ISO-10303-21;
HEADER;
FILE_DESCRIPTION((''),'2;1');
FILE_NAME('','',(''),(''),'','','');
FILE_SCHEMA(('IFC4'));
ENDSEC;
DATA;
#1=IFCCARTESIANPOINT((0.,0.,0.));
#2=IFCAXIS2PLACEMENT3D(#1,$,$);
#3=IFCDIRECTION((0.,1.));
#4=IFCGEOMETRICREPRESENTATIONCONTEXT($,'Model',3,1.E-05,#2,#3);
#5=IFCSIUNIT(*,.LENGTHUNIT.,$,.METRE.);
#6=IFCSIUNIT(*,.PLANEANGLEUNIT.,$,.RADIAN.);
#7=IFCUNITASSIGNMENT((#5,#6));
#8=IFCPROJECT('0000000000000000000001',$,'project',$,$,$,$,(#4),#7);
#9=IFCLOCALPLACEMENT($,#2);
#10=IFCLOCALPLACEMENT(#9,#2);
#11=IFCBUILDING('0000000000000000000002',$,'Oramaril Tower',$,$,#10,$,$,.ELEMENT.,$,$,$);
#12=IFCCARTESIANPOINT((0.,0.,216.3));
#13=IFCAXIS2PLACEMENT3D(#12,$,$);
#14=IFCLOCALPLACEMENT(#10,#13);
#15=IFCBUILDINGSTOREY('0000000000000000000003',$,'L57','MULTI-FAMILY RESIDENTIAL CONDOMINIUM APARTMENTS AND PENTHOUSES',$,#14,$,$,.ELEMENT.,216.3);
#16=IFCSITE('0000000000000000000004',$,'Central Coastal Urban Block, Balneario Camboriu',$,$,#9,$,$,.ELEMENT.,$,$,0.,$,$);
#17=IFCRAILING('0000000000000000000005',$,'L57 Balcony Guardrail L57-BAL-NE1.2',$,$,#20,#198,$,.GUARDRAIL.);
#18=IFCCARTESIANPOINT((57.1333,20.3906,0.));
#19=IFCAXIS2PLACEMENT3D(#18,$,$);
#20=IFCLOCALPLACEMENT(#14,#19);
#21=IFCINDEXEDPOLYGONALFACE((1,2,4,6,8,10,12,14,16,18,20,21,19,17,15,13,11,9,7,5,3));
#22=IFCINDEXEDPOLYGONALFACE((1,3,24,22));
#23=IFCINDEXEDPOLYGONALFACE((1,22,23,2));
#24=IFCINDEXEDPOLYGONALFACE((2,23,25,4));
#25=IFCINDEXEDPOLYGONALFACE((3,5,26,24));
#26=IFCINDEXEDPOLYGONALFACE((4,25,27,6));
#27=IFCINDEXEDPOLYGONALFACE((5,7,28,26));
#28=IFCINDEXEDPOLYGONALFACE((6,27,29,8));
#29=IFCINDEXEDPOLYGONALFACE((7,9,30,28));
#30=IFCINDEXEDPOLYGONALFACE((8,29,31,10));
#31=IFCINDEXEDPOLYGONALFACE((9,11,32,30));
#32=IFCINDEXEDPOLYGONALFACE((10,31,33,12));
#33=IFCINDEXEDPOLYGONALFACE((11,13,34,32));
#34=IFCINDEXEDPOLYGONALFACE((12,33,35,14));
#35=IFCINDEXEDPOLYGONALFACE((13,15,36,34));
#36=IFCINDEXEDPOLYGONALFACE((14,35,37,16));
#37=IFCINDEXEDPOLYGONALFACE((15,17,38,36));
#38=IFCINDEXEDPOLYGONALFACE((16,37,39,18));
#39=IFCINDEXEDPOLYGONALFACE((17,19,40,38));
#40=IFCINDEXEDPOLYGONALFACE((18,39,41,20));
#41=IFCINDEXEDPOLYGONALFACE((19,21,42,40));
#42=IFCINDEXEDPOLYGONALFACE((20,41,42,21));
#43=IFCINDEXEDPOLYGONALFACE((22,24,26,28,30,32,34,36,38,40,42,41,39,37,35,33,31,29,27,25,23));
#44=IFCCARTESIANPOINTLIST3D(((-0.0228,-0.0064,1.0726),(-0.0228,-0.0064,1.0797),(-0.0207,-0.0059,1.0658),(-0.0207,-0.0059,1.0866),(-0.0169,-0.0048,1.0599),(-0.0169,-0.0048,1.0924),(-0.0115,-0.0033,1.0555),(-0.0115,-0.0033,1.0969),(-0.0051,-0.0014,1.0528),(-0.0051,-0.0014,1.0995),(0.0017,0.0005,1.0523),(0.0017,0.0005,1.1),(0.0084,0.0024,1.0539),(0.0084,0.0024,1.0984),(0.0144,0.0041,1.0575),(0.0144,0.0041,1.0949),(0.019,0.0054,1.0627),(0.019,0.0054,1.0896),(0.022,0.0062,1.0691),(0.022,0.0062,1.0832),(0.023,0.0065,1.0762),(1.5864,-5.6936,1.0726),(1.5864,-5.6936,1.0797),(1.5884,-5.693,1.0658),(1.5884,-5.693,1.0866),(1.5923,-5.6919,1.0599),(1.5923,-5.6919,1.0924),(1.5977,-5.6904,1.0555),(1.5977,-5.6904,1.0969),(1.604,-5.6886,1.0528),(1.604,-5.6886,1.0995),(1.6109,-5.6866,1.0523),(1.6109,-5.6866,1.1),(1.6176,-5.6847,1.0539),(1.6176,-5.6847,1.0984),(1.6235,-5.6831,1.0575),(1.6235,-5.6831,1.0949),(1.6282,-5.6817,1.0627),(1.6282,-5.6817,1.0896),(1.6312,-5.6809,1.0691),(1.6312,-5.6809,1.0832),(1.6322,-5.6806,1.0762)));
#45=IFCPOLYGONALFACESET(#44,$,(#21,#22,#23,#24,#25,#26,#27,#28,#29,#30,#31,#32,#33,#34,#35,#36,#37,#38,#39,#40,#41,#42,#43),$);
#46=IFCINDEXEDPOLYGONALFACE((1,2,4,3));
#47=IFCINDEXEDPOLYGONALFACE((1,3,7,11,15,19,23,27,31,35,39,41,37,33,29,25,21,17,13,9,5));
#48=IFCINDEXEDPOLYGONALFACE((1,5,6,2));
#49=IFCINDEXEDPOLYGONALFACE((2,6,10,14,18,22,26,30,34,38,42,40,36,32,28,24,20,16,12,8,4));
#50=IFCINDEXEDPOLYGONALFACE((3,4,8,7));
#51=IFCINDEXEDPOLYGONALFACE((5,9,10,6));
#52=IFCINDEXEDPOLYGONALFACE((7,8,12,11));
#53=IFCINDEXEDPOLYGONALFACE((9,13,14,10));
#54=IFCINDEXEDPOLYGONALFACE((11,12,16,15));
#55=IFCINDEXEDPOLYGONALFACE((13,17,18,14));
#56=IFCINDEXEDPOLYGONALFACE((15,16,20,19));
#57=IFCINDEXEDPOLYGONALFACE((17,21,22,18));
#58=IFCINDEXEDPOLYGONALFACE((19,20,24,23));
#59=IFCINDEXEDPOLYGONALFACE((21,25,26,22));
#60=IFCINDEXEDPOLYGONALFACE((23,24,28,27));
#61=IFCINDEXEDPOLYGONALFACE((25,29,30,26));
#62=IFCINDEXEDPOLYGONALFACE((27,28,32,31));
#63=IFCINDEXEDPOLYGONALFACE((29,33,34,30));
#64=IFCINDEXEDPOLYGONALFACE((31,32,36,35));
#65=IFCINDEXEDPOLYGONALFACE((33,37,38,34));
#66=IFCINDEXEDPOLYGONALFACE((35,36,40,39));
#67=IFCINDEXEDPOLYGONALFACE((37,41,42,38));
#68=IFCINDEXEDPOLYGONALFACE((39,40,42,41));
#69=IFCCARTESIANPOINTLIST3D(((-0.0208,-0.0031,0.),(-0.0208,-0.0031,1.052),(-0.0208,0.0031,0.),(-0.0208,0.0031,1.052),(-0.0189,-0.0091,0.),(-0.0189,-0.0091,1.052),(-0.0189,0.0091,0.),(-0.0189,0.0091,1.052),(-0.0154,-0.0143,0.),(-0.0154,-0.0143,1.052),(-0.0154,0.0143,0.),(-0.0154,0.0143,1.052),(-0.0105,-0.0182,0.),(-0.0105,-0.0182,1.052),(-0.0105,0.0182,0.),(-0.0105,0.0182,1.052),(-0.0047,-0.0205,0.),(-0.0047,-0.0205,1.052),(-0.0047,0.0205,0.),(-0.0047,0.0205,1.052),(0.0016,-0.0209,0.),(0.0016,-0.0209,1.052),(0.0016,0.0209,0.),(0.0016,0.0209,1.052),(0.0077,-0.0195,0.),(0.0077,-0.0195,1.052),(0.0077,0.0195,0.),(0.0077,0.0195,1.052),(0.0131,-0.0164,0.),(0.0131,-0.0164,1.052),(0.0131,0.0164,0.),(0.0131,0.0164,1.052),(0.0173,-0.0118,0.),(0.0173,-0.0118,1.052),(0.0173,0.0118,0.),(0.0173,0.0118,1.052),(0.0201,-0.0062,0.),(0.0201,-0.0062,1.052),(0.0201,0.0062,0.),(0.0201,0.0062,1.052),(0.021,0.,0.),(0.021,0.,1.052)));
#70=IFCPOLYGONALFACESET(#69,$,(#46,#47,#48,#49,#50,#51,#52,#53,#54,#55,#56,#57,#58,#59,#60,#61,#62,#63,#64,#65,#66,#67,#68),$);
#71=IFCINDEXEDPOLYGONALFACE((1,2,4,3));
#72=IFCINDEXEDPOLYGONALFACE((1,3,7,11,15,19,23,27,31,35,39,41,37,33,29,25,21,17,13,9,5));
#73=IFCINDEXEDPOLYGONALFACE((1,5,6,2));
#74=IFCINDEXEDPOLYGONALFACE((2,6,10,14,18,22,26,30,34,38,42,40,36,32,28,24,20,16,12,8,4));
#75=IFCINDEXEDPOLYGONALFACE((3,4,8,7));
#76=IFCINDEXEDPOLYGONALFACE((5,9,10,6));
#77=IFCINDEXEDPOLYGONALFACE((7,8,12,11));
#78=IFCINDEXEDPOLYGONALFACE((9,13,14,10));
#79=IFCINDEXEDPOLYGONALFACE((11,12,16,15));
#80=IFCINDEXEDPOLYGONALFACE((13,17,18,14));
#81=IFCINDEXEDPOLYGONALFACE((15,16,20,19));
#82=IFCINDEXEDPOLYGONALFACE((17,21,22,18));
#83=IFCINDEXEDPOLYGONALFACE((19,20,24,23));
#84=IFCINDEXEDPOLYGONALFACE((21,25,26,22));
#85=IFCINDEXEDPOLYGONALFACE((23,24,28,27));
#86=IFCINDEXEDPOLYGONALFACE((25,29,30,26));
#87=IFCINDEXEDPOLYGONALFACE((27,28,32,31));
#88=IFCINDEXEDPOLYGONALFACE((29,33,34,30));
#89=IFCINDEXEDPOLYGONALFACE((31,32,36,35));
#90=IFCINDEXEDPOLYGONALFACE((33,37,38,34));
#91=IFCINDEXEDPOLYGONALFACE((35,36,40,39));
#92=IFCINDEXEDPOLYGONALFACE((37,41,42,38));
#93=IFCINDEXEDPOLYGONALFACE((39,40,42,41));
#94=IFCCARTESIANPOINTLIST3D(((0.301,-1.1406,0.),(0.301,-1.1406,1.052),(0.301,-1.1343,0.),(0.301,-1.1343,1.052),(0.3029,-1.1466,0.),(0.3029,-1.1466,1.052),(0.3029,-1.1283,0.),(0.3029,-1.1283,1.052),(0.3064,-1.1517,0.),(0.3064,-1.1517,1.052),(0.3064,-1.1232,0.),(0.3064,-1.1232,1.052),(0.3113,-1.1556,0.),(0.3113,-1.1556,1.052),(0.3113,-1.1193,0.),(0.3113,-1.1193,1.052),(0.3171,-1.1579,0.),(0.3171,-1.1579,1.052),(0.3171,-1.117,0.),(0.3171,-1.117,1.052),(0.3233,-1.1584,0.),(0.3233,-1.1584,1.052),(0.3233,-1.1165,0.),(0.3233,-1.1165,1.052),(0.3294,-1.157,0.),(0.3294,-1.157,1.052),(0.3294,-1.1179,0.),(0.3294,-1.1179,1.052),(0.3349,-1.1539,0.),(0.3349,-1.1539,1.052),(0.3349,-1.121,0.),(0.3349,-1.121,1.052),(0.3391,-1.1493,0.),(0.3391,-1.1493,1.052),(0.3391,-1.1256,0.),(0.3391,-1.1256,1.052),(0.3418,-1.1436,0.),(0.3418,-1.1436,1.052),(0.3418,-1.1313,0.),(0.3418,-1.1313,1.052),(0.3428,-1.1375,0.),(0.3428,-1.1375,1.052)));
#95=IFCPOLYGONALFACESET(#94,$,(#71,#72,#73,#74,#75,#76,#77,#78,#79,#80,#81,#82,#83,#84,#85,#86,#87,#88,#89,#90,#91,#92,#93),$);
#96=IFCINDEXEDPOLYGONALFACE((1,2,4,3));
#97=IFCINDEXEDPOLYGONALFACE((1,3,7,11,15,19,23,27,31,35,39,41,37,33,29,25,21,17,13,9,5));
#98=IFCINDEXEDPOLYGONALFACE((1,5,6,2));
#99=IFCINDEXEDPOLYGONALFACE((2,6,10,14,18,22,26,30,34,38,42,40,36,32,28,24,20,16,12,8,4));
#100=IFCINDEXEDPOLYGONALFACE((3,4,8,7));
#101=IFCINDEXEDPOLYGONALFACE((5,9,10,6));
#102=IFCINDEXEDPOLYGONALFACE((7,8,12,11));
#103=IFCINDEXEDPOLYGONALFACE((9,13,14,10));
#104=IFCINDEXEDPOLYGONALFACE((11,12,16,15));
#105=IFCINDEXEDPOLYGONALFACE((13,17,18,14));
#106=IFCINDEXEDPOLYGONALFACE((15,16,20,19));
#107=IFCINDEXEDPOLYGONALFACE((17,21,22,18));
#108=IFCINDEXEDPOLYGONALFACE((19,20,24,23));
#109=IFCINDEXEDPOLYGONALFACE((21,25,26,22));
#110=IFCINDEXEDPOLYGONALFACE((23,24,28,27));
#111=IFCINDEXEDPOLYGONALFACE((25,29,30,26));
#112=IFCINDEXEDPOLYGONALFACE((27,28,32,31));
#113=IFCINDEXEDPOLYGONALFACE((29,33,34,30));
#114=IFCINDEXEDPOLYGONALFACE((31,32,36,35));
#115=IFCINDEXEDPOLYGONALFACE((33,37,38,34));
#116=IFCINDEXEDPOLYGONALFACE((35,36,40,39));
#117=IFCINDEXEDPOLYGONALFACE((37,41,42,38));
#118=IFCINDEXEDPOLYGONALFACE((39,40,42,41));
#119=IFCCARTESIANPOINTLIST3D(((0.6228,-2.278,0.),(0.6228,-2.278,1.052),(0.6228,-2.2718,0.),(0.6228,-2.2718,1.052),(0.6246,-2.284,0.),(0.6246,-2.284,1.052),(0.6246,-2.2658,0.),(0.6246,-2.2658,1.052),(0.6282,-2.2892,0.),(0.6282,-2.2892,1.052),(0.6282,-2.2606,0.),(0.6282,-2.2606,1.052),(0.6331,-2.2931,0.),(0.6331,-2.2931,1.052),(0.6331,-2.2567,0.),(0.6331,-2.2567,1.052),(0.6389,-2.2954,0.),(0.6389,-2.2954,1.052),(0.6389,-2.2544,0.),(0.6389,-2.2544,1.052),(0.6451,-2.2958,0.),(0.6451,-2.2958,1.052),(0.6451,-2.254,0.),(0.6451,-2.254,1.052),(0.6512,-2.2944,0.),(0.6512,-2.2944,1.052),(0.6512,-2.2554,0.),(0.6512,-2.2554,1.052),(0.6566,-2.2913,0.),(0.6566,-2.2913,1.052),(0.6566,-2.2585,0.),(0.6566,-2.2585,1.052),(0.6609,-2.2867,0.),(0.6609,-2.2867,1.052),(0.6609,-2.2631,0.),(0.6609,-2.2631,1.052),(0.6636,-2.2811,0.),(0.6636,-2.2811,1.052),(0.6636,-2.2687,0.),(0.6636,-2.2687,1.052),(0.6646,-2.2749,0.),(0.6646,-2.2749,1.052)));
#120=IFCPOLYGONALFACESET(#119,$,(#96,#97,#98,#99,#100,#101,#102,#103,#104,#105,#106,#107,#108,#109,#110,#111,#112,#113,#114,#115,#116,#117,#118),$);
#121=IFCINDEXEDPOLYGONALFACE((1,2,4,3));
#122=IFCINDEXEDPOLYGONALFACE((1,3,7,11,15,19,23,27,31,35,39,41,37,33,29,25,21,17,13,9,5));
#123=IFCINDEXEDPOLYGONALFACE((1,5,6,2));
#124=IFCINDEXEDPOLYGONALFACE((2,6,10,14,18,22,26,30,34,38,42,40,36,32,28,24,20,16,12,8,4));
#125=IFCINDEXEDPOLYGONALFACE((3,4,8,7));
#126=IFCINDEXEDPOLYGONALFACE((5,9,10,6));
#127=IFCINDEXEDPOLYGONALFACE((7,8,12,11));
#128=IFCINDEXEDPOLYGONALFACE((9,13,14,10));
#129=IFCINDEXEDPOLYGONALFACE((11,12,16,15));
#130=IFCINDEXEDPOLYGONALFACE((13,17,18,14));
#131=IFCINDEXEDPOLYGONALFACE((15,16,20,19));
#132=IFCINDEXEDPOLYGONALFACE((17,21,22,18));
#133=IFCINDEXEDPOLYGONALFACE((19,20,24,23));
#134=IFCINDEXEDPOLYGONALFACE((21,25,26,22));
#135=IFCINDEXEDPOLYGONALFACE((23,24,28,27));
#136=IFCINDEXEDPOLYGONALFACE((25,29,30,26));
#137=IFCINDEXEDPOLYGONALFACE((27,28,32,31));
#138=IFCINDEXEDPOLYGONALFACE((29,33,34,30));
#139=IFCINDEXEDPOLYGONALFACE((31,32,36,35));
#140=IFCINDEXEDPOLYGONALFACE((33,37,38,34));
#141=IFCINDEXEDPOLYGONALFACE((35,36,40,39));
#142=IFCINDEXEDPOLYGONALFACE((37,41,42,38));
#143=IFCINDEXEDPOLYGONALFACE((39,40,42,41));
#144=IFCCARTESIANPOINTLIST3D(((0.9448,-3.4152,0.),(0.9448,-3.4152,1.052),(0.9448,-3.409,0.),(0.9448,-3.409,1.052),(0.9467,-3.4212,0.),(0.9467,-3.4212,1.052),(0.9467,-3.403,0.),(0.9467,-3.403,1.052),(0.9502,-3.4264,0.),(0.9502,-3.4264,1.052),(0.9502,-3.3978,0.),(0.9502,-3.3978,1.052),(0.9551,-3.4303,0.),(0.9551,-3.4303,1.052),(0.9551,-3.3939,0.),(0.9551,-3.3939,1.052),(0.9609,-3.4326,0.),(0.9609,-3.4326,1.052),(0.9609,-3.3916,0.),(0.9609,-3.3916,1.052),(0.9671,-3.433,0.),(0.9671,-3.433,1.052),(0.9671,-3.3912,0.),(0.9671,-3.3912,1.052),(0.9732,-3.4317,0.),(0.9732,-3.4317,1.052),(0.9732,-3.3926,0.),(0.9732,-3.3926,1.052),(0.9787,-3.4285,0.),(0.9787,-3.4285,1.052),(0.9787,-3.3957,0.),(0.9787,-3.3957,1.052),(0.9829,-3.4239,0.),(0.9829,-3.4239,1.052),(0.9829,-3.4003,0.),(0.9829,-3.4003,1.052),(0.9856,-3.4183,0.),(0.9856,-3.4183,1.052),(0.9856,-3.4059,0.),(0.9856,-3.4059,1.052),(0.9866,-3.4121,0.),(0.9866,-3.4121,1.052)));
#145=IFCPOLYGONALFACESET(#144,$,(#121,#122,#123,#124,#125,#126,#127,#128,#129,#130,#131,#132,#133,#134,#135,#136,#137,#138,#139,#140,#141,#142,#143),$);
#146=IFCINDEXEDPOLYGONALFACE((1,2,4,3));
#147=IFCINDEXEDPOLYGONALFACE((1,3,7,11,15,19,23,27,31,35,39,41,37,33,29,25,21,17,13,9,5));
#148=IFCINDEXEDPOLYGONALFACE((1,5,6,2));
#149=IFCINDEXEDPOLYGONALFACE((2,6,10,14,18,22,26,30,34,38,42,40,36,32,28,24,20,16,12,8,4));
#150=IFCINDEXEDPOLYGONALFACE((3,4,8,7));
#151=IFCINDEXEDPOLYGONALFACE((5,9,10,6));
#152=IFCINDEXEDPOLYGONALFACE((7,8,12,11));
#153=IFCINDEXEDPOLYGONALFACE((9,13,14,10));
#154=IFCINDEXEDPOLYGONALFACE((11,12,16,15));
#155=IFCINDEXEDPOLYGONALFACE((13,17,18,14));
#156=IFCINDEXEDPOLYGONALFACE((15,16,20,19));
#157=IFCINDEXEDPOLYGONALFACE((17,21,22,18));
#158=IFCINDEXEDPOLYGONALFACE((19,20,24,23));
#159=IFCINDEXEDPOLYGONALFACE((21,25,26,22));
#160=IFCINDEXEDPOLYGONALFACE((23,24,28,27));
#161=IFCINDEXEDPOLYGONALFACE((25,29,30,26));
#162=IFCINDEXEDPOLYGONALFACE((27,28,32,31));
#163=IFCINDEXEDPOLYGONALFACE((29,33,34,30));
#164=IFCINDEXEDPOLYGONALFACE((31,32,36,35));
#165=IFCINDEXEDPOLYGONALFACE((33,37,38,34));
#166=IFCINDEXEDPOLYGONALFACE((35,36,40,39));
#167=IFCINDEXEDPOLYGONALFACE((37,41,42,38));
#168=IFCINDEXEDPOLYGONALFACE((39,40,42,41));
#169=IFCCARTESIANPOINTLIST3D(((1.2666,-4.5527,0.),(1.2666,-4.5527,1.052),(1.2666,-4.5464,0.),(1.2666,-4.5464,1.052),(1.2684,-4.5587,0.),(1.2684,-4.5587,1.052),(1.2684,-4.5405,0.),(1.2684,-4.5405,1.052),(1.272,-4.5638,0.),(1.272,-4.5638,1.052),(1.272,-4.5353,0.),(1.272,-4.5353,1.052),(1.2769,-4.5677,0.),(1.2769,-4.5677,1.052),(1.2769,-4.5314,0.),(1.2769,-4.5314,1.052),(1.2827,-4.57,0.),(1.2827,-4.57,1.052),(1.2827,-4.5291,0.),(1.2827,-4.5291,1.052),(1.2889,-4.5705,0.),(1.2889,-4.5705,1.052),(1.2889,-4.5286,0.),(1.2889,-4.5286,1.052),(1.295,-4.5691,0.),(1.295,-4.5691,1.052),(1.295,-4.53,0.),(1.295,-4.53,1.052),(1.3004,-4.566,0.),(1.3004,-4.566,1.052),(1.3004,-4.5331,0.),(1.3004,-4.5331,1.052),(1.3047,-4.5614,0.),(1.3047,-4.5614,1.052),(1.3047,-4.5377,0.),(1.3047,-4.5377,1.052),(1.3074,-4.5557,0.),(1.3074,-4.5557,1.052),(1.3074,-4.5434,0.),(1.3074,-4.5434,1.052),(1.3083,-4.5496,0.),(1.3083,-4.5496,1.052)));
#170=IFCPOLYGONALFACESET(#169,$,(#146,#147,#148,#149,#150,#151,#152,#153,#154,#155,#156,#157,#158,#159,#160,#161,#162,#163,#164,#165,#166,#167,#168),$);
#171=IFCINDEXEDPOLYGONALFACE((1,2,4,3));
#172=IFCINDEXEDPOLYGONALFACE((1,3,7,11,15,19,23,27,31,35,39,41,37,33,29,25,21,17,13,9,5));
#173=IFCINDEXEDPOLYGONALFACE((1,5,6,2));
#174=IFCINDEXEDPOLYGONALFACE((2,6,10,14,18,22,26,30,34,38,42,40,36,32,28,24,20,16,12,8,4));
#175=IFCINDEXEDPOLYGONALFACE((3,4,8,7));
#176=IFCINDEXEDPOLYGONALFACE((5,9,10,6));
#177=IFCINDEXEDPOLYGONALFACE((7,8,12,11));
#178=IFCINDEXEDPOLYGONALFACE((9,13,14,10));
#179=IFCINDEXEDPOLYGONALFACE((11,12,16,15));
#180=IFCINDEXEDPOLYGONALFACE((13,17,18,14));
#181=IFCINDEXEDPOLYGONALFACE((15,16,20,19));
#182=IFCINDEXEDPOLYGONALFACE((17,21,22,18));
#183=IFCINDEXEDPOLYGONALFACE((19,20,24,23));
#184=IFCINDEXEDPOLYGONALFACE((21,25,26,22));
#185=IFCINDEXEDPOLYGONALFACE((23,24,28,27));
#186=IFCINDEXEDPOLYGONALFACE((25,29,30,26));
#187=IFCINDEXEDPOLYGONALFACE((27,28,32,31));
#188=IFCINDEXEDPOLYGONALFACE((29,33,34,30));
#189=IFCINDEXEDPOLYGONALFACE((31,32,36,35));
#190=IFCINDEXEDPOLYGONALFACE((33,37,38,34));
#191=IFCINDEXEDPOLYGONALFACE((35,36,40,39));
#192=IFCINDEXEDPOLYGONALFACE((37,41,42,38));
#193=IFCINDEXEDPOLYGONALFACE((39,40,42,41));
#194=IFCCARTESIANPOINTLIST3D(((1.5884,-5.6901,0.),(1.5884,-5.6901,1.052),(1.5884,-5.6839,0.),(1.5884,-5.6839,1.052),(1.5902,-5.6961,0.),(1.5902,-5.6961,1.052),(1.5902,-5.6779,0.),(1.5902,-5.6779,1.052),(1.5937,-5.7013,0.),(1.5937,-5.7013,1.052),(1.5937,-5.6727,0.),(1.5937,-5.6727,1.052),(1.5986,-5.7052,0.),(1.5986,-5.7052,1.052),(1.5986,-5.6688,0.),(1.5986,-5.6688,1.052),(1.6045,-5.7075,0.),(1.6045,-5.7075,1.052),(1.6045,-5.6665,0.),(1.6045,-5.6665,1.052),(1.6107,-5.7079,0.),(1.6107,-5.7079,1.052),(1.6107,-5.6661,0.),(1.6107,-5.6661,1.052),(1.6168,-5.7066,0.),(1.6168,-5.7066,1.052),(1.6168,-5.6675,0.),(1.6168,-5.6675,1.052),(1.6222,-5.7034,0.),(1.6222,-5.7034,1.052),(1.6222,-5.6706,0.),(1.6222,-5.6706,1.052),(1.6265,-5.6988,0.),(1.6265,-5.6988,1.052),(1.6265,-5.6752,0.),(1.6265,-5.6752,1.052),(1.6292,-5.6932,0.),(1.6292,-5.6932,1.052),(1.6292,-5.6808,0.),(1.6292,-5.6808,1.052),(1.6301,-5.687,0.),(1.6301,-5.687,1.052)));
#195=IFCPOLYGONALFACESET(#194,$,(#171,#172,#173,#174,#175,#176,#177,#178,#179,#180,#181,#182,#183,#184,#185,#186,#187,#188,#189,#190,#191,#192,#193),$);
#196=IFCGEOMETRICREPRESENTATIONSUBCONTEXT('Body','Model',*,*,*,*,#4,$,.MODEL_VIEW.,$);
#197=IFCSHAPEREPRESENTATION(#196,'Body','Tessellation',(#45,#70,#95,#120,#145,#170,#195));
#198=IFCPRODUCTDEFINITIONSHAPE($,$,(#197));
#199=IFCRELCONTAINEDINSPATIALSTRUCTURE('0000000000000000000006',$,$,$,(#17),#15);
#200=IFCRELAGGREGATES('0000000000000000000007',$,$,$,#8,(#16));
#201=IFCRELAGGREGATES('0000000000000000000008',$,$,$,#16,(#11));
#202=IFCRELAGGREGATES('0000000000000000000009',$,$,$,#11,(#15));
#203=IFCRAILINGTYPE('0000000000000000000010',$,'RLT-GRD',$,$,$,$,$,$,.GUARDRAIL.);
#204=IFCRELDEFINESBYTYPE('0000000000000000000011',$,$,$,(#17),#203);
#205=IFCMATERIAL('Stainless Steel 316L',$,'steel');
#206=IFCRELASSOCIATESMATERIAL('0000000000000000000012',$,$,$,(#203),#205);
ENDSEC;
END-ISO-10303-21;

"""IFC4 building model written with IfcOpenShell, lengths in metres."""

from ifc_helpers import new_model, si_unit, direction, frame, origin, origin_2d, place, context, subcontext, project, spatial, circle, extrude, material, type_object, element, save


model = new_model("IFC4")

# Units and contexts
model_context = context("Model", 3, precision=1e-05, world=origin(), true_north=direction((0.0, 1.0)))
body_context = subcontext(model_context, "Body", "Model", "MODEL_VIEW")
ifc_project = project(units=[si_unit("LENGTHUNIT", "METRE"), si_unit("PLANEANGLEUNIT", "RADIAN")], contexts=[model_context])

# Site, building, storey
site_placement = place(None, origin())
site = spatial("IfcSite", under=ifc_project, at=site_placement, Name="Central Coastal Urban Block, Balneario Camboriu", CompositionType="ELEMENT", RefElevation=0.0)
building_placement = place(site_placement, origin())
building = spatial("IfcBuilding", under=site, at=building_placement, Name="Oramaril Tower", CompositionType="ELEMENT")
storey_placement = place(building_placement, frame((0.0, 0.0, 216.3)))
storey = spatial("IfcBuildingStorey", under=building, at=storey_placement, Name="L57", Description="MULTI-FAMILY RESIDENTIAL CONDOMINIUM APARTMENTS AND PENTHOUSES", CompositionType="ELEMENT", Elevation=216.3)

# Railing
ifc_material_1 = material(Name="Stainless Steel 316L", Category="steel")
railing_type = type_object("IfcRailingType", Name="RLT-GRD", PredefinedType="GUARDRAIL", material=ifc_material_1)
railing_1_placement = place(storey_placement, frame((57.1333, 20.3906, 0.0)))
element("IfcRailing", 1, at=railing_1_placement, inside=storey, type_object=railing_type, Name="L57 Balcony Guardrail L57-BAL-NE1.2", PredefinedType="GUARDRAIL", context=body_context, shape_type="SweptSolid", body=[
    extrude(circle(Radius=0.0239, at=origin_2d()), frame((0.0, 0.0, 1.0762), z_axis=(0.27226, -0.962224, 0.0), x_axis=(0.962224, 0.27226, 0.0)), (0.0, 0.0, 1.0), 5.9104),
    extrude(circle(Radius=0.021, at=origin_2d()), origin(), (0.0, 0.0, 1.0), 1.052),
    extrude(circle(Radius=0.021, at=origin_2d()), frame((0.3218, -1.1375, 0.0)), (0.0, 0.0, 1.0), 1.052),
    extrude(circle(Radius=0.021, at=origin_2d()), frame((0.6436, -2.2749, 0.0)), (0.0, 0.0, 1.0), 1.052),
    extrude(circle(Radius=0.021, at=origin_2d()), frame((0.9656, -3.4121, 0.0)), (0.0, 0.0, 1.0), 1.052),
    extrude(circle(Radius=0.021, at=origin_2d()), frame((1.2874, -4.5496, 0.0)), (0.0, 0.0, 1.0), 1.052),
    extrude(circle(Radius=0.021, at=origin_2d()), frame((1.6091, -5.687, 0.0)), (0.0, 0.0, 1.0), 1.052),
])

save(model, "model.ifc")
